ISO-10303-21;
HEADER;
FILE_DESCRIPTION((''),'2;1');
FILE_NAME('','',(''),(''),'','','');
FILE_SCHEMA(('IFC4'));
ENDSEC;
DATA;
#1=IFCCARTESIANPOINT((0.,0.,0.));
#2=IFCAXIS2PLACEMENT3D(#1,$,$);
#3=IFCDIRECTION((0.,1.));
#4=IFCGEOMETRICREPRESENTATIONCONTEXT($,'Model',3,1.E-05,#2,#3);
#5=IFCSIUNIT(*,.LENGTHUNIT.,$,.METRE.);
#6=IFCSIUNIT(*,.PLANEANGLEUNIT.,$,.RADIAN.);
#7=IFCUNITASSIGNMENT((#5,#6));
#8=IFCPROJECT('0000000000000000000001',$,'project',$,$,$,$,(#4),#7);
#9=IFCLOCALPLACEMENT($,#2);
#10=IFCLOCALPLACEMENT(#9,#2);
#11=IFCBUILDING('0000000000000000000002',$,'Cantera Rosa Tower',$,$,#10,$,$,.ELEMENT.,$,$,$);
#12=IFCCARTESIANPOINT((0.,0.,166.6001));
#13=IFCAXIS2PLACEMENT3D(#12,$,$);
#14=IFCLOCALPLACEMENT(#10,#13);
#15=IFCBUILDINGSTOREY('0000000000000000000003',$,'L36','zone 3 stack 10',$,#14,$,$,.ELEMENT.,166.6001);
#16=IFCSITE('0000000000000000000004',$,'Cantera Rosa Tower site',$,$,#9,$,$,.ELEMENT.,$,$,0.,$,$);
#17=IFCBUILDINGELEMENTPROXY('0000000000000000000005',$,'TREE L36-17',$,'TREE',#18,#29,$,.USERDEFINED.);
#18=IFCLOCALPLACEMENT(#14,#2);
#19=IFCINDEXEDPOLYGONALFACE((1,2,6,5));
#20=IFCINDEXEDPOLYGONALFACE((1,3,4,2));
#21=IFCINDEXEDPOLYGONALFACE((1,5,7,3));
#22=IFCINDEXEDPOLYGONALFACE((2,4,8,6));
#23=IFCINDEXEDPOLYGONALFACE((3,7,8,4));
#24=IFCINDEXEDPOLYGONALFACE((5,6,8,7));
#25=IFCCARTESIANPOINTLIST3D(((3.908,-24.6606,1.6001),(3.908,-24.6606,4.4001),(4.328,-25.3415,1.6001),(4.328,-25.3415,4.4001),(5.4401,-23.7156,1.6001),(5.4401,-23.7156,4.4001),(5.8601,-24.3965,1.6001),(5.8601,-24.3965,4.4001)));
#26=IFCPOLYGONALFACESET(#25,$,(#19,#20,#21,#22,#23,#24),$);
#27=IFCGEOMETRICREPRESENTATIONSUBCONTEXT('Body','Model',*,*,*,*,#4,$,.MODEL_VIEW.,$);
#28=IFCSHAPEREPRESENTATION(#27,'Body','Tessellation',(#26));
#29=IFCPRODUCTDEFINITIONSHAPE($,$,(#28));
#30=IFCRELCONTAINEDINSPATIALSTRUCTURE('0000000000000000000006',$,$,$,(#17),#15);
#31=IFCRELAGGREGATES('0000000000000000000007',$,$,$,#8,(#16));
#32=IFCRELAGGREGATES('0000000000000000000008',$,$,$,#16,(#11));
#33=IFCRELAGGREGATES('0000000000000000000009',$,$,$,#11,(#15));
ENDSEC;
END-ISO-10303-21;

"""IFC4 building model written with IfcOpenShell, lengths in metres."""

from ifc_helpers import new_model, si_unit, direction, frame, origin, origin_2d, place, context, subcontext, project, spatial, rectangle, extrude, element, save


model = new_model("IFC4")

# Units and contexts
model_context = context("Model", 3, precision=1e-05, world=origin(), true_north=direction((0.0, 1.0)))
body_context = subcontext(model_context, "Body", "Model", "MODEL_VIEW")
ifc_project = project(units=[si_unit("LENGTHUNIT", "METRE"), si_unit("PLANEANGLEUNIT", "RADIAN")], contexts=[model_context])

# Site, building, storey
site_placement = place(None, origin())
site = spatial("IfcSite", under=ifc_project, at=site_placement, Name="Cantera Rosa Tower site", CompositionType="ELEMENT", RefElevation=0.0)
building_placement = place(site_placement, origin())
building = spatial("IfcBuilding", under=site, at=building_placement, Name="Cantera Rosa Tower", CompositionType="ELEMENT")
storey_placement = place(building_placement, frame((0.0, 0.0, 166.6001)))
storey = spatial("IfcBuildingStorey", under=building, at=storey_placement, Name="L36", Description="zone 3 stack 10", CompositionType="ELEMENT", Elevation=166.6001)

# Building element proxy
proxy_placement = place(storey_placement, frame((4.884, -24.5286, 1.6001), z_axis=(0.0, 0.0, 1.0), x_axis=(0.851117, 0.524977, 0.0)))
element("IfcBuildingElementProxy", 1, at=proxy_placement, inside=storey, Name="TREE L36-17", ObjectType="TREE", PredefinedType="USERDEFINED", context=body_context, shape_type="SweptSolid", body=[
    extrude(rectangle(XDim=1.8, YDim=0.8, at=origin_2d()), origin(), (0.0, 0.0, 1.0), 2.8),
])

save(model, "model.ifc")
